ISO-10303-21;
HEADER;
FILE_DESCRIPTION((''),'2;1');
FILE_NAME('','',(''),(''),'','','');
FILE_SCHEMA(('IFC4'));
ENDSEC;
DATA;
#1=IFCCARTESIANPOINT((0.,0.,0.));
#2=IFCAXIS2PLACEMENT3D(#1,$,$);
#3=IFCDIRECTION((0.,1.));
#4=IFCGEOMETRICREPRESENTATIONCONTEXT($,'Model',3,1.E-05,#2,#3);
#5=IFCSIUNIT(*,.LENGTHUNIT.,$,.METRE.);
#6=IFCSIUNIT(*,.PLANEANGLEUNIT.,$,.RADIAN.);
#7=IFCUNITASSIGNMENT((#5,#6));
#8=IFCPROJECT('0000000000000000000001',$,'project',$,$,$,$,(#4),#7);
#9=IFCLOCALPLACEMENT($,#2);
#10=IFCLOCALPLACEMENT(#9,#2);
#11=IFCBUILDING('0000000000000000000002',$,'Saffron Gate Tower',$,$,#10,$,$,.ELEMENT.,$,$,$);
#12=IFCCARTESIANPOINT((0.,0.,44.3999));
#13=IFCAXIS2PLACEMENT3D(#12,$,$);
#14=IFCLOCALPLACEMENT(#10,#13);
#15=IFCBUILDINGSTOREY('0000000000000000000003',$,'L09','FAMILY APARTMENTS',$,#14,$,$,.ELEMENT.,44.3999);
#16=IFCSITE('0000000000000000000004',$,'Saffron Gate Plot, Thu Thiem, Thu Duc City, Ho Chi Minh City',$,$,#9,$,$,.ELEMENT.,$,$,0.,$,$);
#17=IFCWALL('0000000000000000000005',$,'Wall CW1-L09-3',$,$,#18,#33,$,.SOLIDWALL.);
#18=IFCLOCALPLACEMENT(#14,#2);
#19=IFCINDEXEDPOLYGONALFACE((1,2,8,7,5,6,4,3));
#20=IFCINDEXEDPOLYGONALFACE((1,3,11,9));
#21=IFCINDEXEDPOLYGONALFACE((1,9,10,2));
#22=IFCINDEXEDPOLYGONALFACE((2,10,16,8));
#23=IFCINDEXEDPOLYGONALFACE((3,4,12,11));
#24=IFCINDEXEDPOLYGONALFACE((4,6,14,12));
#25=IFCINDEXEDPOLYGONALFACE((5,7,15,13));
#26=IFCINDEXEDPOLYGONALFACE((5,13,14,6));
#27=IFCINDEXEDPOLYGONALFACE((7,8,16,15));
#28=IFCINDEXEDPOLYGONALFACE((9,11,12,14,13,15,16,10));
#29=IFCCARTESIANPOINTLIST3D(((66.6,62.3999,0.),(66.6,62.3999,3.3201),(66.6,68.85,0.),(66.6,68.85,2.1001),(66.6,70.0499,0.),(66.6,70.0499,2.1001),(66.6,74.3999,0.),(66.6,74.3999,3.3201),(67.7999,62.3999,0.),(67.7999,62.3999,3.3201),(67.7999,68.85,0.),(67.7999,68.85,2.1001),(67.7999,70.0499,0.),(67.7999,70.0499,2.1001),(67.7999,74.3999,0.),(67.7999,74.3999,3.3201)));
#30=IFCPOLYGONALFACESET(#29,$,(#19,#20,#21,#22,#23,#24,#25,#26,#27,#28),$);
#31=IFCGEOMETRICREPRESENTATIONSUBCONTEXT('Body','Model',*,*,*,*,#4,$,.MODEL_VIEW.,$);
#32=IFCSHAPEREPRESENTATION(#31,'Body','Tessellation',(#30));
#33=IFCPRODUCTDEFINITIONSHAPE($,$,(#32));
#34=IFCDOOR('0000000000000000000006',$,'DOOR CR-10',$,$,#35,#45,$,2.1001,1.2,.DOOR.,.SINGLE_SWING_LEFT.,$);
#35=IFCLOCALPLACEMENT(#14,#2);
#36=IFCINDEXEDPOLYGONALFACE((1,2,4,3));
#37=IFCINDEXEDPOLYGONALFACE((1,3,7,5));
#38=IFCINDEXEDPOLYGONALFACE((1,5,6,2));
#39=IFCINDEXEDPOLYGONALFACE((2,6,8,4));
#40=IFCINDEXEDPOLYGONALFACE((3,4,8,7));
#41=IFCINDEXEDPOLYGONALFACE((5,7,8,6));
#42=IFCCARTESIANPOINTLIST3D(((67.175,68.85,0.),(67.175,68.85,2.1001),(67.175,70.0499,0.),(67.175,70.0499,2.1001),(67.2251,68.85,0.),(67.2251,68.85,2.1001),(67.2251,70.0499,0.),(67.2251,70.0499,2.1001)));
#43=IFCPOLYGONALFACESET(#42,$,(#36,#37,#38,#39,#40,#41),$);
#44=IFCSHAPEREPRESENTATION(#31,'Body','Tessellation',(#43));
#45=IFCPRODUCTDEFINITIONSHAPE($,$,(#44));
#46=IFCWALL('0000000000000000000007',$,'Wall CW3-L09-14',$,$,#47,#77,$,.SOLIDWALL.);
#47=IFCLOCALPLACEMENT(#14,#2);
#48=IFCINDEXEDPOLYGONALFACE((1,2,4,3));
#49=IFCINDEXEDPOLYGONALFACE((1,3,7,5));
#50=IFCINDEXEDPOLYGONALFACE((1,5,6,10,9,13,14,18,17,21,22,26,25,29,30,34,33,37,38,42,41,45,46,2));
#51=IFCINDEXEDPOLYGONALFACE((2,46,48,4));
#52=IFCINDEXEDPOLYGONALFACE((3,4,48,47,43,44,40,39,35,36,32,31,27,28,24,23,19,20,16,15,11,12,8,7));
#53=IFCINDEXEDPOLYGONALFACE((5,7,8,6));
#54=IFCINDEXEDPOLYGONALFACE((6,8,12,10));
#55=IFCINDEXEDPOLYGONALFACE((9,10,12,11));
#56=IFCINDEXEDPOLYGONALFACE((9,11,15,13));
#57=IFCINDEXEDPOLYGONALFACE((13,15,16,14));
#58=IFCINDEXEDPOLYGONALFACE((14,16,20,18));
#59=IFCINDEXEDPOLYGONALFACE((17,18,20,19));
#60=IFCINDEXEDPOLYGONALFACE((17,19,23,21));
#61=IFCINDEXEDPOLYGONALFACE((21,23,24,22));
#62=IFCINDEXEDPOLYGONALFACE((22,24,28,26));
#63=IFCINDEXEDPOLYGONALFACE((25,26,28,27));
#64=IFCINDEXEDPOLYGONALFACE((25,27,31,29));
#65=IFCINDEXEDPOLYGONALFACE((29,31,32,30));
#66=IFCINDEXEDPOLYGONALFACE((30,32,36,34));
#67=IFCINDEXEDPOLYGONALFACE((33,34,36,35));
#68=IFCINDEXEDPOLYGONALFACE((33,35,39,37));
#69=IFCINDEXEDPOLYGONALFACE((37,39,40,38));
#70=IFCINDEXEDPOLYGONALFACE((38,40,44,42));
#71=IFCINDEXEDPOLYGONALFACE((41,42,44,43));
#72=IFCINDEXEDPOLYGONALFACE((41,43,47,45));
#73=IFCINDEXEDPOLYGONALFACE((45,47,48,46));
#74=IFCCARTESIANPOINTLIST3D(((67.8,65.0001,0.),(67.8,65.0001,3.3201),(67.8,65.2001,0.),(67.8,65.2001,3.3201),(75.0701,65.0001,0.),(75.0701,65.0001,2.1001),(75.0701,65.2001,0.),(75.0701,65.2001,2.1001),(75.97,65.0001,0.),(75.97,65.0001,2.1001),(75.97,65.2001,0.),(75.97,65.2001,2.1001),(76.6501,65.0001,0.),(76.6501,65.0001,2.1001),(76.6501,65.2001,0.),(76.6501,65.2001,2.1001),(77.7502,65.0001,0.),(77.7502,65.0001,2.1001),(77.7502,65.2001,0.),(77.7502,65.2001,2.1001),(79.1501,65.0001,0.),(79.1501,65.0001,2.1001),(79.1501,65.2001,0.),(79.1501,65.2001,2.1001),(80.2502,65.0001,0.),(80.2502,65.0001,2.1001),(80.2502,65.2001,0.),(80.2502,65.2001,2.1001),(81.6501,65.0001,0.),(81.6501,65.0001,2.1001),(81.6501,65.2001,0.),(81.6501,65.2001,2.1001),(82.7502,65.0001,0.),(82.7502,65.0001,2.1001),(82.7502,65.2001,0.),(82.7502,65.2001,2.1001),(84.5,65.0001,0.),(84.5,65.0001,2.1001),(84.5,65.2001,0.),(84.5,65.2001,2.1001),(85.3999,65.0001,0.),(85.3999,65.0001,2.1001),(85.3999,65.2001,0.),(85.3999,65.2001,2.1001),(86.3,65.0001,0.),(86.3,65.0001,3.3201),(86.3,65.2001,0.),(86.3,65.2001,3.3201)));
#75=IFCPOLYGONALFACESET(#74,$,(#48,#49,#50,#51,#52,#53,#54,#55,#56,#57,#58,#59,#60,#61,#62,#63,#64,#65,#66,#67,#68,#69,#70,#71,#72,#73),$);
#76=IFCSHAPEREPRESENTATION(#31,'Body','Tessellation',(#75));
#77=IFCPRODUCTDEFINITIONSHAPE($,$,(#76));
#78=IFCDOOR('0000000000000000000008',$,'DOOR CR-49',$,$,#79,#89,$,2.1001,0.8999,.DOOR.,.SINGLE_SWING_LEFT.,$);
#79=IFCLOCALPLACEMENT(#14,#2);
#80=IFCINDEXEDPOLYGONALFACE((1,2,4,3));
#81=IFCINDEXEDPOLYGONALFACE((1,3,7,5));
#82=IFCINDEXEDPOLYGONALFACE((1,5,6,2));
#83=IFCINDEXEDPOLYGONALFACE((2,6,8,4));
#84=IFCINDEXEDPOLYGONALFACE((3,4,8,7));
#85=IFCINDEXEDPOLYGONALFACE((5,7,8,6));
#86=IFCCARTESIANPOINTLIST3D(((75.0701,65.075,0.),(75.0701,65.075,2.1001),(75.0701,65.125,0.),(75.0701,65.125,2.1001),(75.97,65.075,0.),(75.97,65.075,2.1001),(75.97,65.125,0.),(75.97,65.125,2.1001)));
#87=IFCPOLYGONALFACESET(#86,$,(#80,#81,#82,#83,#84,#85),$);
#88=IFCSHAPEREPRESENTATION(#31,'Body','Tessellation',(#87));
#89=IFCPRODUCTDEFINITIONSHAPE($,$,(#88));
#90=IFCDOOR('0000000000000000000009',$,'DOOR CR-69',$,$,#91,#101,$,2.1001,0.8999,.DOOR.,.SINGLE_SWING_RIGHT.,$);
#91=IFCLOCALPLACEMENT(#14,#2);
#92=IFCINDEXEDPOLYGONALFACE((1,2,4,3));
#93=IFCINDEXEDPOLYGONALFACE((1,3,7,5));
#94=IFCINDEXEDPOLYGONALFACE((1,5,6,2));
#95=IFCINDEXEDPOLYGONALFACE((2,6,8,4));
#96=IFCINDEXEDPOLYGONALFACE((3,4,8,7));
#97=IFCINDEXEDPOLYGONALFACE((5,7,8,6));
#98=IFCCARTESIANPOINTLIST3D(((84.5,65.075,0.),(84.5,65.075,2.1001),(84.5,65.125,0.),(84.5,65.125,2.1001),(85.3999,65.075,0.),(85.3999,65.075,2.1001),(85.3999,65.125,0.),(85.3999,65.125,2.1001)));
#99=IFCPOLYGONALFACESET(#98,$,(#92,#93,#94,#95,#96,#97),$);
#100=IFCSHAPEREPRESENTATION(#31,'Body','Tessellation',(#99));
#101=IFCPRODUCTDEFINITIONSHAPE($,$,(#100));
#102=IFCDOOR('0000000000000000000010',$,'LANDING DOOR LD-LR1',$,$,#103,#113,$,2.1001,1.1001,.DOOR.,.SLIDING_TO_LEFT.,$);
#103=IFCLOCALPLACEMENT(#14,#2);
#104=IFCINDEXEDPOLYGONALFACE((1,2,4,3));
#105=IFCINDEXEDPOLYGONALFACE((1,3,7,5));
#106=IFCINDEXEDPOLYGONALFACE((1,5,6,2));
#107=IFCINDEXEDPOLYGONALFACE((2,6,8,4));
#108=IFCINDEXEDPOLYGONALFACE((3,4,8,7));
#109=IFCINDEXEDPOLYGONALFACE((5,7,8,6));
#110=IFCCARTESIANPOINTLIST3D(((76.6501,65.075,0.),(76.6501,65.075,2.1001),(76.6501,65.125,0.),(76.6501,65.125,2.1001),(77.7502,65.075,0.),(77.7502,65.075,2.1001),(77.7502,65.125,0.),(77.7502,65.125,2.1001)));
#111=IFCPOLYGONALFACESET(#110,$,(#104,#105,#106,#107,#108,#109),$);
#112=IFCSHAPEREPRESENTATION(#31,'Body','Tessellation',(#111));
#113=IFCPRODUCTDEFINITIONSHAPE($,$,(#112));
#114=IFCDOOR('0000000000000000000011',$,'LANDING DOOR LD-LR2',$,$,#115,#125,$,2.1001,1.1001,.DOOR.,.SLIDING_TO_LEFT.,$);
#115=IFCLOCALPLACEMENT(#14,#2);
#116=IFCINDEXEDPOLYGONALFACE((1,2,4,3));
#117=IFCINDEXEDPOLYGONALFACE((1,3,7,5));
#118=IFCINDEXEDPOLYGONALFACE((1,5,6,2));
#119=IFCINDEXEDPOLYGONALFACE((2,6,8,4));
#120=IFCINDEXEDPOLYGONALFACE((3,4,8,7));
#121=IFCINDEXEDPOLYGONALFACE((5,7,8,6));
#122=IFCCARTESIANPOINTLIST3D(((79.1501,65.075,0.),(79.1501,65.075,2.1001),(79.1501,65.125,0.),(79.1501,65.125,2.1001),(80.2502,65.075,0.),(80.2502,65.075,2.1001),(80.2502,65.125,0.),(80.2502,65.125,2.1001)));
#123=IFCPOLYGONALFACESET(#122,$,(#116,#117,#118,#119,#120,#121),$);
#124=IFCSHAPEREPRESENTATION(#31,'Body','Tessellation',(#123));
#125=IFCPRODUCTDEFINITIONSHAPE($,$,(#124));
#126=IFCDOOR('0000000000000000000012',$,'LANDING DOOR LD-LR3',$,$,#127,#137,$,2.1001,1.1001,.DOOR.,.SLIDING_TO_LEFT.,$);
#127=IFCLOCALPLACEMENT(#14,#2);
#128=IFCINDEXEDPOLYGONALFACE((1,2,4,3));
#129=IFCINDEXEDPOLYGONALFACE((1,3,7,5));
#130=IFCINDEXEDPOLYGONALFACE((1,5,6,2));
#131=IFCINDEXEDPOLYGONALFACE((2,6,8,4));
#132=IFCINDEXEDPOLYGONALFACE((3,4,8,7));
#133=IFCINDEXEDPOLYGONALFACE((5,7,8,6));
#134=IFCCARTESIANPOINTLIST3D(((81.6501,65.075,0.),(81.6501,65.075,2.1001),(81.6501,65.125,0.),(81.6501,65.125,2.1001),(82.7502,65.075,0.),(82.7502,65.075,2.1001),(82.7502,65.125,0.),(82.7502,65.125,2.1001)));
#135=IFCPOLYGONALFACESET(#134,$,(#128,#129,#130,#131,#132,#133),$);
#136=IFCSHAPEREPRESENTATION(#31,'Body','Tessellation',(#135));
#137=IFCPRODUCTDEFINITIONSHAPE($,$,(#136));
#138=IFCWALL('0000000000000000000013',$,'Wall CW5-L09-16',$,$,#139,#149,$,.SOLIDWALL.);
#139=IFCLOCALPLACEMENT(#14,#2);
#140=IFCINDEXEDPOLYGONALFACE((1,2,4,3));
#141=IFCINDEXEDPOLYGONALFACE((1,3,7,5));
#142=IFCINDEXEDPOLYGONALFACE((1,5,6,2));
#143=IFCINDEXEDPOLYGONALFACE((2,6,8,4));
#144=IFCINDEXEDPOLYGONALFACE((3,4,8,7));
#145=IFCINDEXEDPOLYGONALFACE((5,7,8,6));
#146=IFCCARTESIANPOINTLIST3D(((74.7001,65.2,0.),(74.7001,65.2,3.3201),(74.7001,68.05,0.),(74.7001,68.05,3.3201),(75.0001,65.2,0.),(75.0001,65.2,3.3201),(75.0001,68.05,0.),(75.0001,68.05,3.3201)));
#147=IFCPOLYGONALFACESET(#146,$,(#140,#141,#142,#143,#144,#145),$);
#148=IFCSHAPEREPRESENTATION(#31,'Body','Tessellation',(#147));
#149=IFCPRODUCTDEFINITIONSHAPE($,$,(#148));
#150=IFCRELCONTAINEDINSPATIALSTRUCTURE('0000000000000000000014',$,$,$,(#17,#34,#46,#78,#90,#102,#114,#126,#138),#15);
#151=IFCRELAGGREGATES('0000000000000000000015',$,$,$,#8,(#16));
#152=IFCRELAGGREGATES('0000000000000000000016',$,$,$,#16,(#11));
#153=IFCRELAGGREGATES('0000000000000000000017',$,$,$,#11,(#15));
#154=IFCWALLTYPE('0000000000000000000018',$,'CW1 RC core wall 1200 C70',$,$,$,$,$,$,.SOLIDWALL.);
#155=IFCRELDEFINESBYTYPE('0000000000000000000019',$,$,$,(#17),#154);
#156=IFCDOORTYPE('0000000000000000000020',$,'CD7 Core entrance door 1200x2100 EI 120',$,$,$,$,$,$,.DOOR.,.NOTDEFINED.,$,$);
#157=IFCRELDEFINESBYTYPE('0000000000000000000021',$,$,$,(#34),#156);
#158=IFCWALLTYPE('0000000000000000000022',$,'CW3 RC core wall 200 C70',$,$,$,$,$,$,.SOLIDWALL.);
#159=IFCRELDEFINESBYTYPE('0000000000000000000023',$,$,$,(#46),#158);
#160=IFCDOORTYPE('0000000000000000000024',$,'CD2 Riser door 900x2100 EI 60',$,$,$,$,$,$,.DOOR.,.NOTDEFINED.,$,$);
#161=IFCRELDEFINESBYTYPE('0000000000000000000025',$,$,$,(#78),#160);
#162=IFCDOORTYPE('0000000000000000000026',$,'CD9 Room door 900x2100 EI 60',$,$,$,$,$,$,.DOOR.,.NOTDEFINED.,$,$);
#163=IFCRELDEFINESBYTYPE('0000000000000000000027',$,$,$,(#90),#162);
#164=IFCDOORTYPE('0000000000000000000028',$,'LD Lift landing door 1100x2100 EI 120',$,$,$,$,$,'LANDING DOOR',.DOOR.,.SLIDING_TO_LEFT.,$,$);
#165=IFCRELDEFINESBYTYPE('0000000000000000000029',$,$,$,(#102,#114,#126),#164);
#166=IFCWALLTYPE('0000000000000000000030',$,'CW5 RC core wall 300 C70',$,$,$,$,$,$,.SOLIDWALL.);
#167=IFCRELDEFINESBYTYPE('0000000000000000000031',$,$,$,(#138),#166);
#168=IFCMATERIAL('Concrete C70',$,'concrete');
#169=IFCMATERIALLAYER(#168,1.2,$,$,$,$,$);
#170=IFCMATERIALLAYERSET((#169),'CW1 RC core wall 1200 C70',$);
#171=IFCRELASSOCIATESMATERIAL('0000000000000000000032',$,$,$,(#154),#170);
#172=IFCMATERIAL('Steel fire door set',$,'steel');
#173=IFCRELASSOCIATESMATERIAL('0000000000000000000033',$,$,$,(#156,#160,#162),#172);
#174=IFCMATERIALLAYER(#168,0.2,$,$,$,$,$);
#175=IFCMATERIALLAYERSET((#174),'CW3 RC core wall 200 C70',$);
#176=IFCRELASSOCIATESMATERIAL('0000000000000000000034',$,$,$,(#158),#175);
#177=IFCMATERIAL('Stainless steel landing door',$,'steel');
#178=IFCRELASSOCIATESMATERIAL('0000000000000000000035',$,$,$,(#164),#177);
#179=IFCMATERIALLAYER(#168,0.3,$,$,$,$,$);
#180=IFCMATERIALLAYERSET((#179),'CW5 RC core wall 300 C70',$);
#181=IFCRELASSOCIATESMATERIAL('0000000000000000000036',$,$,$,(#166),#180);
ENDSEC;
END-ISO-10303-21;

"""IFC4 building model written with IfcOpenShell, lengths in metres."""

from ifc_helpers import new_model, si_unit, direction, frame, frame_2d, origin, place, context, subcontext, project, spatial, rectangle, extrude, material, layer, layer_set, type_object, element, fill, save


model = new_model("IFC4")

# Units and contexts
model_context = context("Model", 3, precision=1e-05, world=origin(), true_north=direction((0.0, 1.0)))
body_context = subcontext(model_context, "Body", "Model", "MODEL_VIEW")
ifc_project = project(units=[si_unit("LENGTHUNIT", "METRE"), si_unit("PLANEANGLEUNIT", "RADIAN")], contexts=[model_context])

# Site, building, storey
site_placement = place(None, origin())
site = spatial("IfcSite", under=ifc_project, at=site_placement, Name="Saffron Gate Plot, Thu Thiem, Thu Duc City, Ho Chi Minh City", CompositionType="ELEMENT", RefElevation=0.0)
building_placement = place(site_placement, origin())
building = spatial("IfcBuilding", under=site, at=building_placement, Name="Saffron Gate Tower", CompositionType="ELEMENT")
storey_placement = place(building_placement, frame((0.0, 0.0, 44.3999)))
storey = spatial("IfcBuildingStorey", under=building, at=storey_placement, Name="L09", Description="FAMILY APARTMENTS", CompositionType="ELEMENT", Elevation=44.3999)

# Wall, opening, door
ifc_material_1 = material(Name="Concrete C70", Category="concrete")
ifc_layer_1 = layer(ifc_material_1, 1.2)
ifc_layer_set_1 = layer_set([ifc_layer_1], Name="CW1 RC core wall 1200 C70")
wall_type_1 = type_object("IfcWallType", Name="CW1 RC core wall 1200 C70", PredefinedType="SOLIDWALL", material=ifc_layer_set_1)
wall_1_placement = place(storey_placement, frame((67.2, 62.3999, 0.0), z_axis=(0.0, 0.0, 1.0), x_axis=(0.0, 1.0, 0.0)))
wall_1 = element("IfcWall", 1, at=wall_1_placement, inside=storey, type_object=wall_type_1, Name="Wall CW1-L09-3", PredefinedType="SOLIDWALL", context=body_context, shape_type="SweptSolid", body=[
    extrude(rectangle(XDim=12.0, YDim=1.2, at=frame_2d((6.0, 0.0))), origin(), (0.0, 0.0, 1.0), 3.3201),
])
opening_1_placement = place(wall_1_placement, frame((6.45, 0.0, 0.0)))
opening_1 = element("IfcOpeningElement", 2, at=opening_1_placement, cuts=wall_1, PredefinedType="OPENING", context=body_context, shape_type="SweptSolid", body=[
    extrude(rectangle(XDim=1.2, YDim=2.1001, at=frame_2d((0.6001, 1.05))), frame((0.0, 0.6099, 0.0), z_axis=(0.0, -1.0, 0.0), x_axis=(1.0, 0.0, 0.0)), (0.0, 0.0, 1.0), 1.22),
])
ifc_material_2 = material(Name="Steel fire door set", Category="steel")
door_type_1 = type_object("IfcDoorType", Name="CD7 Core entrance door 1200x2100 EI 120", OperationType="NOTDEFINED", PredefinedType="DOOR", material=ifc_material_2)
door_1_placement = place(opening_1_placement, origin())
door_1 = element("IfcDoor", 3, at=door_1_placement, inside=storey, type_object=door_type_1, Name="DOOR CR-10", OperationType="SINGLE_SWING_LEFT", OverallHeight=2.1001, OverallWidth=1.2, PredefinedType="DOOR", context=body_context, shape_type="SweptSolid", body=[
    extrude(rectangle(XDim=1.2, YDim=2.1001, at=frame_2d((0.6001, 1.05))), frame((0.0, 0.0249, 0.0), z_axis=(0.0, -1.0, 0.0), x_axis=(1.0, 0.0, 0.0)), (0.0, 0.0, 1.0), 0.05),
])
fill(opening_1, door_1)

# Wall, openings, doors
ifc_layer_2 = layer(ifc_material_1, 0.2)
ifc_layer_set_2 = layer_set([ifc_layer_2], Name="CW3 RC core wall 200 C70")
wall_type_2 = type_object("IfcWallType", Name="CW3 RC core wall 200 C70", PredefinedType="SOLIDWALL", material=ifc_layer_set_2)
wall_2_placement = place(storey_placement, frame((67.8, 65.1001, 0.0), z_axis=(0.0, 0.0, 1.0), x_axis=(1.0, 0.0, 0.0)))
wall_2 = element("IfcWall", 4, at=wall_2_placement, inside=storey, type_object=wall_type_2, Name="Wall CW3-L09-14", PredefinedType="SOLIDWALL", context=body_context, shape_type="SweptSolid", body=[
    extrude(rectangle(XDim=18.5, YDim=0.2, at=frame_2d((9.25, 0.0))), origin(), (0.0, 0.0, 1.0), 3.3201),
])
opening_2_placement = place(wall_2_placement, frame((7.27, 0.0, 0.0)))
opening_2 = element("IfcOpeningElement", 5, at=opening_2_placement, cuts=wall_2, PredefinedType="OPENING", context=body_context, shape_type="SweptSolid", body=[
    extrude(rectangle(XDim=0.8999, YDim=2.1001, at=frame_2d((0.45, 1.05))), frame((0.0, 0.1099, 0.0), z_axis=(0.0, -1.0, 0.0), x_axis=(1.0, 0.0, 0.0)), (0.0, 0.0, 1.0), 0.22),
])
opening_3_placement = place(wall_2_placement, frame((8.8501, 0.0, 0.0)))
opening_3 = element("IfcOpeningElement", 6, at=opening_3_placement, cuts=wall_2, PredefinedType="OPENING", context=body_context, shape_type="SweptSolid", body=[
    extrude(rectangle(XDim=1.1001, YDim=2.1001, at=frame_2d((0.55, 1.05))), frame((0.0, 0.1099, 0.0), z_axis=(0.0, -1.0, 0.0), x_axis=(1.0, 0.0, 0.0)), (0.0, 0.0, 1.0), 0.22),
])
opening_4_placement = place(wall_2_placement, frame((11.3501, 0.0, 0.0)))
opening_4 = element("IfcOpeningElement", 7, at=opening_4_placement, cuts=wall_2, PredefinedType="OPENING", context=body_context, shape_type="SweptSolid", body=[
    extrude(rectangle(XDim=1.1001, YDim=2.1001, at=frame_2d((0.55, 1.05))), frame((0.0, 0.1099, 0.0), z_axis=(0.0, -1.0, 0.0), x_axis=(1.0, 0.0, 0.0)), (0.0, 0.0, 1.0), 0.22),
])
opening_5_placement = place(wall_2_placement, frame((13.8501, 0.0, 0.0)))
opening_5 = element("IfcOpeningElement", 8, at=opening_5_placement, cuts=wall_2, PredefinedType="OPENING", context=body_context, shape_type="SweptSolid", body=[
    extrude(rectangle(XDim=1.1001, YDim=2.1001, at=frame_2d((0.55, 1.05))), frame((0.0, 0.1099, 0.0), z_axis=(0.0, -1.0, 0.0), x_axis=(1.0, 0.0, 0.0)), (0.0, 0.0, 1.0), 0.22),
])
opening_6_placement = place(wall_2_placement, frame((16.7, 0.0, 0.0)))
opening_6 = element("IfcOpeningElement", 9, at=opening_6_placement, cuts=wall_2, PredefinedType="OPENING", context=body_context, shape_type="SweptSolid", body=[
    extrude(rectangle(XDim=0.8999, YDim=2.1001, at=frame_2d((0.45, 1.05))), frame((0.0, 0.1099, 0.0), z_axis=(0.0, -1.0, 0.0), x_axis=(1.0, 0.0, 0.0)), (0.0, 0.0, 1.0), 0.22),
])
door_type_2 = type_object("IfcDoorType", Name="CD2 Riser door 900x2100 EI 60", OperationType="NOTDEFINED", PredefinedType="DOOR", material=ifc_material_2)
door_2_placement = place(opening_2_placement, origin())
door_2 = element("IfcDoor", 10, at=door_2_placement, inside=storey, type_object=door_type_2, Name="DOOR CR-49", OperationType="SINGLE_SWING_LEFT", OverallHeight=2.1001, OverallWidth=0.8999, PredefinedType="DOOR", context=body_context, shape_type="SweptSolid", body=[
    extrude(rectangle(XDim=0.8999, YDim=2.1001, at=frame_2d((0.45, 1.05))), frame((0.0, 0.0249, 0.0), z_axis=(0.0, -1.0, 0.0), x_axis=(1.0, 0.0, 0.0)), (0.0, 0.0, 1.0), 0.05),
])
fill(opening_2, door_2)
door_type_3 = type_object("IfcDoorType", Name="CD9 Room door 900x2100 EI 60", OperationType="NOTDEFINED", PredefinedType="DOOR", material=ifc_material_2)
door_3_placement = place(opening_6_placement, origin())
door_3 = element("IfcDoor", 11, at=door_3_placement, inside=storey, type_object=door_type_3, Name="DOOR CR-69", OperationType="SINGLE_SWING_RIGHT", OverallHeight=2.1001, OverallWidth=0.8999, PredefinedType="DOOR", context=body_context, shape_type="SweptSolid", body=[
    extrude(rectangle(XDim=0.8999, YDim=2.1001, at=frame_2d((0.45, 1.05))), frame((0.0, 0.0249, 0.0), z_axis=(0.0, -1.0, 0.0), x_axis=(1.0, 0.0, 0.0)), (0.0, 0.0, 1.0), 0.05),
])
fill(opening_6, door_3)
ifc_material_3 = material(Name="Stainless steel landing door", Category="steel")
door_type_4 = type_object("IfcDoorType", Name="LD Lift landing door 1100x2100 EI 120", ElementType="LANDING DOOR", OperationType="SLIDING_TO_LEFT", PredefinedType="DOOR", material=ifc_material_3)
door_4_placement = place(opening_3_placement, origin())
door_4 = element("IfcDoor", 12, at=door_4_placement, inside=storey, type_object=door_type_4, Name="LANDING DOOR LD-LR1", OperationType="SLIDING_TO_LEFT", OverallHeight=2.1001, OverallWidth=1.1001, PredefinedType="DOOR", context=body_context, shape_type="SweptSolid", body=[
    extrude(rectangle(XDim=1.1001, YDim=2.1001, at=frame_2d((0.55, 1.05))), frame((0.0, 0.0249, 0.0), z_axis=(0.0, -1.0, 0.0), x_axis=(1.0, 0.0, 0.0)), (0.0, 0.0, 1.0), 0.05),
])
fill(opening_3, door_4)
door_5_placement = place(opening_4_placement, origin())
door_5 = element("IfcDoor", 13, at=door_5_placement, inside=storey, type_object=door_type_4, Name="LANDING DOOR LD-LR2", OperationType="SLIDING_TO_LEFT", OverallHeight=2.1001, OverallWidth=1.1001, PredefinedType="DOOR", context=body_context, shape_type="SweptSolid", body=[
    extrude(rectangle(XDim=1.1001, YDim=2.1001, at=frame_2d((0.55, 1.05))), frame((0.0, 0.0249, 0.0), z_axis=(0.0, -1.0, 0.0), x_axis=(1.0, 0.0, 0.0)), (0.0, 0.0, 1.0), 0.05),
])
fill(opening_4, door_5)
door_6_placement = place(opening_5_placement, origin())
door_6 = element("IfcDoor", 14, at=door_6_placement, inside=storey, type_object=door_type_4, Name="LANDING DOOR LD-LR3", OperationType="SLIDING_TO_LEFT", OverallHeight=2.1001, OverallWidth=1.1001, PredefinedType="DOOR", context=body_context, shape_type="SweptSolid", body=[
    extrude(rectangle(XDim=1.1001, YDim=2.1001, at=frame_2d((0.55, 1.05))), frame((0.0, 0.0249, 0.0), z_axis=(0.0, -1.0, 0.0), x_axis=(1.0, 0.0, 0.0)), (0.0, 0.0, 1.0), 0.05),
])
fill(opening_5, door_6)

# Wall
ifc_layer_3 = layer(ifc_material_1, 0.3)
ifc_layer_set_3 = layer_set([ifc_layer_3], Name="CW5 RC core wall 300 C70")
wall_type_3 = type_object("IfcWallType", Name="CW5 RC core wall 300 C70", PredefinedType="SOLIDWALL", material=ifc_layer_set_3)
wall_3_placement = place(storey_placement, frame((74.8501, 65.2, 0.0), z_axis=(0.0, 0.0, 1.0), x_axis=(0.0, 1.0, 0.0)))
element("IfcWall", 15, at=wall_3_placement, inside=storey, type_object=wall_type_3, Name="Wall CW5-L09-16", PredefinedType="SOLIDWALL", context=body_context, shape_type="SweptSolid", body=[
    extrude(rectangle(XDim=2.8501, YDim=0.3, at=frame_2d((1.425, 0.0))), origin(), (0.0, 0.0, 1.0), 3.3201),
])

save(model, "model.ifc")
